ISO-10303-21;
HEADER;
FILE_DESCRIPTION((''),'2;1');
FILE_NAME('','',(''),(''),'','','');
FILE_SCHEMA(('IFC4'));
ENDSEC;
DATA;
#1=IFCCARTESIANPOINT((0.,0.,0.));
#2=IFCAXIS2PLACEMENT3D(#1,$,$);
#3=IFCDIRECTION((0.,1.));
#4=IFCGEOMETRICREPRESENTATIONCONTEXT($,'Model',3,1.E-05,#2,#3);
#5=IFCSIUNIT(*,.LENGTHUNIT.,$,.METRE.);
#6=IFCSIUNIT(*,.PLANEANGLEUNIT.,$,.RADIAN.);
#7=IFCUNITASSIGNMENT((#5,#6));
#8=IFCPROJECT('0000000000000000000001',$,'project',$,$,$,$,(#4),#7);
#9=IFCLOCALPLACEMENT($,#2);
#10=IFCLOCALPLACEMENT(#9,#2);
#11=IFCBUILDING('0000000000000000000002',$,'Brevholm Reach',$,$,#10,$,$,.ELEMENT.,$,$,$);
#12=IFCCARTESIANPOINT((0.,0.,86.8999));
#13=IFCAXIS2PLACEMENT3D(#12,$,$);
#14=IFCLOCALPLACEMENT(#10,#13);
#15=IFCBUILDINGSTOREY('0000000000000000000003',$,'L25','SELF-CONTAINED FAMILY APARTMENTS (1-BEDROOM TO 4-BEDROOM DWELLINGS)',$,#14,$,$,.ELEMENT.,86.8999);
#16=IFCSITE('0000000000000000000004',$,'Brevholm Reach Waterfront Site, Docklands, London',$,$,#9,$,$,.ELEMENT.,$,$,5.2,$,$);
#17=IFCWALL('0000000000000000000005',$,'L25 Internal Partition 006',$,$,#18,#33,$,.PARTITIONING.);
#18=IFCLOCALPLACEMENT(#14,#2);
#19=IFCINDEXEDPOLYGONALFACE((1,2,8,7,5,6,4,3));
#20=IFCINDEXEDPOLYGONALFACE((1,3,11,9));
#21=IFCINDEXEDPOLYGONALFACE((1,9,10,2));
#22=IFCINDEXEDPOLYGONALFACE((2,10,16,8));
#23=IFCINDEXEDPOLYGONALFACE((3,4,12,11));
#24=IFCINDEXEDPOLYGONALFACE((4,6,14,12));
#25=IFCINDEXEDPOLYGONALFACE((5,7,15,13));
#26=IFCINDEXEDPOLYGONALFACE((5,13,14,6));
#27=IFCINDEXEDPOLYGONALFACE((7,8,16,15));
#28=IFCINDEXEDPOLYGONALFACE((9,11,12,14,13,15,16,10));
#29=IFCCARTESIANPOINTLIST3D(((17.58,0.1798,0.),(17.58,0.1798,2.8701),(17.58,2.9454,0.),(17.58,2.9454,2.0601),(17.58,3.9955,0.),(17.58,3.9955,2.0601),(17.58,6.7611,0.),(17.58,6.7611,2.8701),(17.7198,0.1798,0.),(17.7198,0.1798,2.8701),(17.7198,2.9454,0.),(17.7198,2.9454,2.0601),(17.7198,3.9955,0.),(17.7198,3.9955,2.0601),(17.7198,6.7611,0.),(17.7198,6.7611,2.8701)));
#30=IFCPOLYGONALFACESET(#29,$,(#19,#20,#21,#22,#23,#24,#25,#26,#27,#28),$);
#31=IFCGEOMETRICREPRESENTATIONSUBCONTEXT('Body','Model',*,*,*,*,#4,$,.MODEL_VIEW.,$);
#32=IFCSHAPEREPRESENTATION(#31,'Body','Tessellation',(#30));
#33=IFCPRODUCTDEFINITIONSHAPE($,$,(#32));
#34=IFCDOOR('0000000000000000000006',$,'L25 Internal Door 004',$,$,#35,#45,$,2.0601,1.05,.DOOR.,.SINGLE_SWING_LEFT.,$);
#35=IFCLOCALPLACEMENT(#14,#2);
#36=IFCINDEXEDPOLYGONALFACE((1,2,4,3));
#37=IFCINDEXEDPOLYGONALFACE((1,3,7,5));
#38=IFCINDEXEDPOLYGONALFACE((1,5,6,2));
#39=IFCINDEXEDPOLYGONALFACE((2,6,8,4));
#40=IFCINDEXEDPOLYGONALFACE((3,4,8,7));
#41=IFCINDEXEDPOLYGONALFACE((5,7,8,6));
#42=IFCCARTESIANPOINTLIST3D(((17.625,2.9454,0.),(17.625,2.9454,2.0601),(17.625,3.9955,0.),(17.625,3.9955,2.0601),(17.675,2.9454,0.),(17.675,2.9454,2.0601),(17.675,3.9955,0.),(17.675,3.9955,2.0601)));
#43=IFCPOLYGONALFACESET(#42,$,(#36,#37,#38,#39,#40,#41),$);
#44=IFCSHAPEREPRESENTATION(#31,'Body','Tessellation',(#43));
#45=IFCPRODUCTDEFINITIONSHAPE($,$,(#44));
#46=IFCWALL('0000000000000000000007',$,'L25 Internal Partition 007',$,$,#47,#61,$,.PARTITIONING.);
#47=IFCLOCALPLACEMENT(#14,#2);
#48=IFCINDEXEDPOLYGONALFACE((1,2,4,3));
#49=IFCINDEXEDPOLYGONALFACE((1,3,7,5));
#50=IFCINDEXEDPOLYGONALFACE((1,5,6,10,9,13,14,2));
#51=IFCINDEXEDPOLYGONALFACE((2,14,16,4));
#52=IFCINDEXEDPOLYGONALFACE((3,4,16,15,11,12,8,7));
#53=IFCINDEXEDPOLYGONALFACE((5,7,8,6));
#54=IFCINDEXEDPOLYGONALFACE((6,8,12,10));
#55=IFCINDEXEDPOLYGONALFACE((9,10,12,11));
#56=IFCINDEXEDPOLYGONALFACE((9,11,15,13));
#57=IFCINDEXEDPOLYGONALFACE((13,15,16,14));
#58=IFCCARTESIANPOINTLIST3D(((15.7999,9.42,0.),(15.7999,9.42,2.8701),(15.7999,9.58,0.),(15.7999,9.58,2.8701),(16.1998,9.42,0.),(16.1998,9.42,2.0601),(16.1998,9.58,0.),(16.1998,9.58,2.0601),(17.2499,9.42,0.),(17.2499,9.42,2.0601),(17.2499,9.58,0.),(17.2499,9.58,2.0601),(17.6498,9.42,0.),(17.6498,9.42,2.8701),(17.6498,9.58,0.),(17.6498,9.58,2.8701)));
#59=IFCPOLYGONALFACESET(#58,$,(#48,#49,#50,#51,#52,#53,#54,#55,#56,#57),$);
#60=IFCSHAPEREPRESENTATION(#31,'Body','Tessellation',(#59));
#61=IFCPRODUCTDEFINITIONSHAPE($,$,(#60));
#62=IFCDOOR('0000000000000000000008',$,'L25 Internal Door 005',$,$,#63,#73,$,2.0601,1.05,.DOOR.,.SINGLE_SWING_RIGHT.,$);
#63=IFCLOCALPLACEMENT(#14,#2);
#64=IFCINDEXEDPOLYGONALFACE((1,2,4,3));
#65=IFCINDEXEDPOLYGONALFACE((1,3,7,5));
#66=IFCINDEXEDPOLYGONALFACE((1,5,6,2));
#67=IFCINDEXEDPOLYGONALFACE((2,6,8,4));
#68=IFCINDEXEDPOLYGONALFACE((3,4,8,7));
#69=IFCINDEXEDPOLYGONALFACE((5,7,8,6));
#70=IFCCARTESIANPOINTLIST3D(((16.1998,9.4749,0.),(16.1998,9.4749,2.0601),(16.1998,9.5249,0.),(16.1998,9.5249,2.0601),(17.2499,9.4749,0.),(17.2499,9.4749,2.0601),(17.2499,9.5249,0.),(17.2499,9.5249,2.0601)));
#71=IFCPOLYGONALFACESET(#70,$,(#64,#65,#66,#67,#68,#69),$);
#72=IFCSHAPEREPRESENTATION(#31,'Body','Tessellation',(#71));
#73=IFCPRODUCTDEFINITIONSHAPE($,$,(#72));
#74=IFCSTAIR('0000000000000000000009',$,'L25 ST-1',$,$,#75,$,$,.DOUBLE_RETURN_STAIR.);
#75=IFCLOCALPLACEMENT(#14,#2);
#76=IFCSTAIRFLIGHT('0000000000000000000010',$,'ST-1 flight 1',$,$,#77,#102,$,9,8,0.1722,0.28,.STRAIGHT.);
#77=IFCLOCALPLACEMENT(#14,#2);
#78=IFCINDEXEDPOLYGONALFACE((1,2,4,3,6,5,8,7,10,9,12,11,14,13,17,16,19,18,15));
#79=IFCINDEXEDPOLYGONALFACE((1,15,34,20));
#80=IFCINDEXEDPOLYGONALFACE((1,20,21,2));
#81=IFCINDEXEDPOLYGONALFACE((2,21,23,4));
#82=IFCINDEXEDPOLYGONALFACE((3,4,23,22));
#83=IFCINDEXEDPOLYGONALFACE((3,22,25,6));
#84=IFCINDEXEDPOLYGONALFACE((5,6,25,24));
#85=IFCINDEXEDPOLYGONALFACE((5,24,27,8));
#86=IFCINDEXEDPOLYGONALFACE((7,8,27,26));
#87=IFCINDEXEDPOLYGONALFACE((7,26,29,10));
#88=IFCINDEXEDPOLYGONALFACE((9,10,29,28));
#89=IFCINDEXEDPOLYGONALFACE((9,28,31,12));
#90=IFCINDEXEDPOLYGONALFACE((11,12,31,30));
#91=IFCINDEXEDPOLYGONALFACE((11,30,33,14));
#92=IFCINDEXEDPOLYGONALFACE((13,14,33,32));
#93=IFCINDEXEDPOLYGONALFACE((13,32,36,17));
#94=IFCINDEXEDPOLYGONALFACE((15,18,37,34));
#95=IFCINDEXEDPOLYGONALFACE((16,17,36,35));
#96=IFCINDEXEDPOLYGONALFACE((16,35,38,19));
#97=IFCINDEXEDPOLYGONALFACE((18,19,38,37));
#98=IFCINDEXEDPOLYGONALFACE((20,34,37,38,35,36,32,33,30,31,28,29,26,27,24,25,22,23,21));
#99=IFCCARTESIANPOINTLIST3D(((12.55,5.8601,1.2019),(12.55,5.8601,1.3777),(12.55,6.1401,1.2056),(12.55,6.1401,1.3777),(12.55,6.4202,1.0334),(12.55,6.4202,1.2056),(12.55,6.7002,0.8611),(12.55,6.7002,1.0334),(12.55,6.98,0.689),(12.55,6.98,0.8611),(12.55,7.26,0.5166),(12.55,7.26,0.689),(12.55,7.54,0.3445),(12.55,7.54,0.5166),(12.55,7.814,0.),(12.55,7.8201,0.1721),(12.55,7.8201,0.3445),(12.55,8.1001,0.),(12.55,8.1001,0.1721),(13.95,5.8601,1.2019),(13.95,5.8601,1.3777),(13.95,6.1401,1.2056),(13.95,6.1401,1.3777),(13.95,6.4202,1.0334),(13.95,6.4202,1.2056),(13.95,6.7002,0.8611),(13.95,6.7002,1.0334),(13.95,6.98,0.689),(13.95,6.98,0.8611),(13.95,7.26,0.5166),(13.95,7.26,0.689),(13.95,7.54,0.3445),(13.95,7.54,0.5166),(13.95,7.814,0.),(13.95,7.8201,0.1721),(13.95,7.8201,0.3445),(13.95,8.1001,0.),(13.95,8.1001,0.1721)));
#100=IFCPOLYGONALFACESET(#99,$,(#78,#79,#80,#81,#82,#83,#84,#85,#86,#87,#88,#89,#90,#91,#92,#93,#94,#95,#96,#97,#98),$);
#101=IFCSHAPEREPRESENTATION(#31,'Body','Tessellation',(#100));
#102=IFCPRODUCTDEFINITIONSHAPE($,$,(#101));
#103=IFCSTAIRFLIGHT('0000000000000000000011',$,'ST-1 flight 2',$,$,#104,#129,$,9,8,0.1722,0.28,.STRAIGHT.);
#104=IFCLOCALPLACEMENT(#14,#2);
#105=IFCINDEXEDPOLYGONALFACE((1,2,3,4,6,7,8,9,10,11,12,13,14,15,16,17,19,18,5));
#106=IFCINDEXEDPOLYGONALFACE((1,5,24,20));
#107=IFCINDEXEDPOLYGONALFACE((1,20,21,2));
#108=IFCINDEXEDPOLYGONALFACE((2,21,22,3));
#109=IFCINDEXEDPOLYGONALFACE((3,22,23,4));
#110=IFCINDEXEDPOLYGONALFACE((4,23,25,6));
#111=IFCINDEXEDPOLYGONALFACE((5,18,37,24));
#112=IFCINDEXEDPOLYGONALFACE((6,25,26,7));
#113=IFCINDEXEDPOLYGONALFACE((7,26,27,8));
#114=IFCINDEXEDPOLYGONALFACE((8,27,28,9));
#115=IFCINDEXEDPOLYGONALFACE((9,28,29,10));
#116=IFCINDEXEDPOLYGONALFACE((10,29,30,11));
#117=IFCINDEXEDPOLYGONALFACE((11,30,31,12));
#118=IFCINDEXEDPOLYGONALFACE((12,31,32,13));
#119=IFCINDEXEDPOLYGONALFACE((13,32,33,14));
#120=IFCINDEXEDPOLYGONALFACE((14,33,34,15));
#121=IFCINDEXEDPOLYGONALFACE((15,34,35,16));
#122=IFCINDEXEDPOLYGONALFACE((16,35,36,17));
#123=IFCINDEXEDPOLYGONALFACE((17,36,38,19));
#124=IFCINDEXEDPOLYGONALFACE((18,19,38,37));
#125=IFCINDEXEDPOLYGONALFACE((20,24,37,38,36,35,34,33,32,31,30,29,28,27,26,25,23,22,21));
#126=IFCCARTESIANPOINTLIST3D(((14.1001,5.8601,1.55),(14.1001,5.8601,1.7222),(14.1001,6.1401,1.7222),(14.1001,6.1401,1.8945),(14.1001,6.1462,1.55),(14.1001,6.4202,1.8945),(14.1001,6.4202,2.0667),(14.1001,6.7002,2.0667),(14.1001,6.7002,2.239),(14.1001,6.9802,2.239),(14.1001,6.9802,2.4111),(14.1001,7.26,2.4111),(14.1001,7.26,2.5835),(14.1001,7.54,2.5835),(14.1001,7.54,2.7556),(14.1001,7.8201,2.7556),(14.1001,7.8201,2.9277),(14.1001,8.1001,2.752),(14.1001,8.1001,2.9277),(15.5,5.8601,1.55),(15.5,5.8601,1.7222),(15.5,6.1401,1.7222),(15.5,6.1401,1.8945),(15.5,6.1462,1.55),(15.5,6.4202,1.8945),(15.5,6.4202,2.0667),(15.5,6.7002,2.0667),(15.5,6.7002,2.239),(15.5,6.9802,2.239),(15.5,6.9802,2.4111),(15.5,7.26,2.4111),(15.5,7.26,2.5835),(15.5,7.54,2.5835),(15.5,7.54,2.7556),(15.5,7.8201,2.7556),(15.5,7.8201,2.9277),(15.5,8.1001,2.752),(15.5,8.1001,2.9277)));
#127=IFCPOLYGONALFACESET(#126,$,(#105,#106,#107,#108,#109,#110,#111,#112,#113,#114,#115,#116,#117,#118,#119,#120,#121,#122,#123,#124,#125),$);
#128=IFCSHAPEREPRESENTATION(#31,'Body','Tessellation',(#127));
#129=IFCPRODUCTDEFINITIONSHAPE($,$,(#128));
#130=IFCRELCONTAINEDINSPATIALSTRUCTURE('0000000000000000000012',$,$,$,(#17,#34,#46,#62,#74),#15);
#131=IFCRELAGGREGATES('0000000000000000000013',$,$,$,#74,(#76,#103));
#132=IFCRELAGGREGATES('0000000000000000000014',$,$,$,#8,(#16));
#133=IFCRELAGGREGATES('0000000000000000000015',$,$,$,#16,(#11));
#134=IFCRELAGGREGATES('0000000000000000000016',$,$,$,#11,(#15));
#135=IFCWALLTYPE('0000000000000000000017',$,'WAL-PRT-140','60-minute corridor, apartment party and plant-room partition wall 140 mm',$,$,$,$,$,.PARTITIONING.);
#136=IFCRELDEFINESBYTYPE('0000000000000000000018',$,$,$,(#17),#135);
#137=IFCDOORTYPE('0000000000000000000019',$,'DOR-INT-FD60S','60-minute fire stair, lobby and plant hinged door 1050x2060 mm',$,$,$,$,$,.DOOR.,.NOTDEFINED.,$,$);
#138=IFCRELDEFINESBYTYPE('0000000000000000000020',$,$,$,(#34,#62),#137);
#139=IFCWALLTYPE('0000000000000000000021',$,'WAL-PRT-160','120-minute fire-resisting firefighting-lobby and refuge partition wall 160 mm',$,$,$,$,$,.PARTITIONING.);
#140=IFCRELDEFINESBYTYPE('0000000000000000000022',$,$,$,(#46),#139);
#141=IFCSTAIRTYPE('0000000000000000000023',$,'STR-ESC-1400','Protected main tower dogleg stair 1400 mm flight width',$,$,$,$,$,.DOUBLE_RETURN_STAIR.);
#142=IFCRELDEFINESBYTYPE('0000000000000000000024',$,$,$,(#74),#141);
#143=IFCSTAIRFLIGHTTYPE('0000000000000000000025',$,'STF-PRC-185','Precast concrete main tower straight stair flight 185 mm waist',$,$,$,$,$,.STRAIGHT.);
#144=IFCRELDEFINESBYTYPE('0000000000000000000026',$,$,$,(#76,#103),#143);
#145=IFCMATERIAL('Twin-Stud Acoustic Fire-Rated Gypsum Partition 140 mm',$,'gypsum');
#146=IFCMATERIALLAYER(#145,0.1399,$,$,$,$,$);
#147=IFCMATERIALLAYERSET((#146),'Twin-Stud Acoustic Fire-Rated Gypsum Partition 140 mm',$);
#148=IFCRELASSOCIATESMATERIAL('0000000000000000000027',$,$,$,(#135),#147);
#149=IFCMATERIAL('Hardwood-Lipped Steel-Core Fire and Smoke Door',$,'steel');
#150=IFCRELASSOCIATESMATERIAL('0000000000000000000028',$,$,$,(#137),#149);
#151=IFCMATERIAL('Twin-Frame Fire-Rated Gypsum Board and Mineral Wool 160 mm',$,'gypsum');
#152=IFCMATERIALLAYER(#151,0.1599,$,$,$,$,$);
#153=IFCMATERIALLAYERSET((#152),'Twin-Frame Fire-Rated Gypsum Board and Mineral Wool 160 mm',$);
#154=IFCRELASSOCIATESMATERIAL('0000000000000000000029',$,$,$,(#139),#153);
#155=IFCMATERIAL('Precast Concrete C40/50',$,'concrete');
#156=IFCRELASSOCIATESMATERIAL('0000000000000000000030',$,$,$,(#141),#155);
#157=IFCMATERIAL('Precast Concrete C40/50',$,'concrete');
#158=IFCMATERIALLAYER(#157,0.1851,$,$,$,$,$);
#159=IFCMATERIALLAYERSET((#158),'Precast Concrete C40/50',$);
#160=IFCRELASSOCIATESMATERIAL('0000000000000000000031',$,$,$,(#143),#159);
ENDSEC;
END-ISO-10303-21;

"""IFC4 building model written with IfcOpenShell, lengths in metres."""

from ifc_helpers import new_model, si_unit, direction, frame, frame_2d, origin, place, context, subcontext, project, spatial, polyline, rectangle, outline, extrude, material, layer, layer_set, type_object, element, fill, aggregate, save


model = new_model("IFC4")

# Units and contexts
model_context = context("Model", 3, precision=1e-05, world=origin(), true_north=direction((0.0, 1.0)))
body_context = subcontext(model_context, "Body", "Model", "MODEL_VIEW")
ifc_project = project(units=[si_unit("LENGTHUNIT", "METRE"), si_unit("PLANEANGLEUNIT", "RADIAN")], contexts=[model_context])

# Site, building, storey
site_placement = place(None, origin())
site = spatial("IfcSite", under=ifc_project, at=site_placement, Name="Brevholm Reach Waterfront Site, Docklands, London", CompositionType="ELEMENT", RefElevation=5.2)
building_placement = place(site_placement, origin())
building = spatial("IfcBuilding", under=site, at=building_placement, Name="Brevholm Reach", CompositionType="ELEMENT")
storey_placement = place(building_placement, frame((0.0, 0.0, 86.8999)))
storey = spatial("IfcBuildingStorey", under=building, at=storey_placement, Name="L25", Description="SELF-CONTAINED FAMILY APARTMENTS (1-BEDROOM TO 4-BEDROOM DWELLINGS)", CompositionType="ELEMENT", Elevation=86.8999)

# Walls, openings, doors
ifc_material_1 = material(Name="Twin-Stud Acoustic Fire-Rated Gypsum Partition 140 mm", Category="gypsum")
ifc_layer_1 = layer(ifc_material_1, 0.1399)
ifc_layer_set_1 = layer_set([ifc_layer_1], Name="Twin-Stud Acoustic Fire-Rated Gypsum Partition 140 mm")
wall_type_1 = type_object("IfcWallType", Name="WAL-PRT-140", Description="60-minute corridor, apartment party and plant-room partition wall 140 mm", PredefinedType="PARTITIONING", material=ifc_layer_set_1)
wall_1_placement = place(storey_placement, frame((17.6499, 0.1799, 0.0), z_axis=(0.0, 0.0, 1.0), x_axis=(0.0, 1.0, 0.0)))
wall_1 = element("IfcWall", 1, at=wall_1_placement, inside=storey, type_object=wall_type_1, Name="L25 Internal Partition 006", PredefinedType="PARTITIONING", context=body_context, shape_type="SweptSolid", body=[
    extrude(rectangle(XDim=6.5813, YDim=0.1399, at=frame_2d((3.2905, 0.0))), origin(), (0.0, 0.0, 1.0), 2.8701),
])
opening_1_placement = place(wall_1_placement, frame((2.7656, 0.0, 0.0)))
opening_1 = element("IfcOpeningElement", 2, at=opening_1_placement, cuts=wall_1, PredefinedType="OPENING", context=body_context, shape_type="SweptSolid", body=[
    extrude(rectangle(XDim=1.05, YDim=2.0601, at=frame_2d((0.5249, 1.03))), frame((0.0, 0.0798, 0.0), z_axis=(0.0, -1.0, 0.0), x_axis=(1.0, 0.0, 0.0)), (0.0, 0.0, 1.0), 0.1599),
])
ifc_material_2 = material(Name="Hardwood-Lipped Steel-Core Fire and Smoke Door", Category="steel")
door_type = type_object("IfcDoorType", Name="DOR-INT-FD60S", Description="60-minute fire stair, lobby and plant hinged door 1050x2060 mm", OperationType="NOTDEFINED", PredefinedType="DOOR", material=ifc_material_2)
door_1_placement = place(opening_1_placement, origin())
door_1 = element("IfcDoor", 3, at=door_1_placement, inside=storey, type_object=door_type, Name="L25 Internal Door 004", OperationType="SINGLE_SWING_LEFT", OverallHeight=2.0601, OverallWidth=1.05, PredefinedType="DOOR", context=body_context, shape_type="SweptSolid", body=[
    extrude(rectangle(XDim=1.05, YDim=2.0601, at=frame_2d((0.5249, 1.03))), frame((0.0, 0.0249, 0.0), z_axis=(0.0, -1.0, 0.0), x_axis=(1.0, 0.0, 0.0)), (0.0, 0.0, 1.0), 0.05),
])
fill(opening_1, door_1)
ifc_material_3 = material(Name="Twin-Frame Fire-Rated Gypsum Board and Mineral Wool 160 mm", Category="gypsum")
ifc_layer_2 = layer(ifc_material_3, 0.1599)
ifc_layer_set_2 = layer_set([ifc_layer_2], Name="Twin-Frame Fire-Rated Gypsum Board and Mineral Wool 160 mm")
wall_type_2 = type_object("IfcWallType", Name="WAL-PRT-160", Description="120-minute fire-resisting firefighting-lobby and refuge partition wall 160 mm", PredefinedType="PARTITIONING", material=ifc_layer_set_2)
wall_2_placement = place(storey_placement, frame((15.8, 9.5, 0.0), z_axis=(0.0, 0.0, 1.0), x_axis=(1.0, 0.0, 0.0)))
wall_2 = element("IfcWall", 4, at=wall_2_placement, inside=storey, type_object=wall_type_2, Name="L25 Internal Partition 007", PredefinedType="PARTITIONING", context=body_context, shape_type="SweptSolid", body=[
    extrude(rectangle(XDim=1.8499, YDim=0.1599, at=frame_2d((0.9248, 0.0))), origin(), (0.0, 0.0, 1.0), 2.8701),
])
opening_2_placement = place(wall_2_placement, frame((0.3999, 0.0, 0.0)))
opening_2 = element("IfcOpeningElement", 5, at=opening_2_placement, cuts=wall_2, PredefinedType="OPENING", context=body_context, shape_type="SweptSolid", body=[
    extrude(rectangle(XDim=1.05, YDim=2.0601, at=frame_2d((0.5249, 1.03))), frame((0.0, 0.0898, 0.0), z_axis=(0.0, -1.0, 0.0), x_axis=(1.0, 0.0, 0.0)), (0.0, 0.0, 1.0), 0.1799),
])
door_2_placement = place(opening_2_placement, origin())
door_2 = element("IfcDoor", 6, at=door_2_placement, inside=storey, type_object=door_type, Name="L25 Internal Door 005", OperationType="SINGLE_SWING_RIGHT", OverallHeight=2.0601, OverallWidth=1.05, PredefinedType="DOOR", context=body_context, shape_type="SweptSolid", body=[
    extrude(rectangle(XDim=1.05, YDim=2.0601, at=frame_2d((0.5249, 1.03))), frame((0.0, 0.0249, 0.0), z_axis=(0.0, -1.0, 0.0), x_axis=(1.0, 0.0, 0.0)), (0.0, 0.0, 1.0), 0.05),
])
fill(opening_2, door_2)

# Stair, stair flights
ifc_material_4 = material(Name="Precast Concrete C40/50", Category="concrete")
stair_type = type_object("IfcStairType", Name="STR-ESC-1400", Description="Protected main tower dogleg stair 1400 mm flight width", PredefinedType="DOUBLE_RETURN_STAIR", material=ifc_material_4)
stair_placement = place(storey_placement, origin())
stair = element("IfcStair", 7, at=stair_placement, inside=storey, type_object=stair_type, Name="L25 ST-1", PredefinedType="DOUBLE_RETURN_STAIR")
ifc_material_5 = material(Name="Precast Concrete C40/50", Category="concrete")
ifc_layer_3 = layer(ifc_material_5, 0.1851)
ifc_layer_set_3 = layer_set([ifc_layer_3], Name="Precast Concrete C40/50")
stair_flight_type = type_object("IfcStairFlightType", Name="STF-PRC-185", Description="Precast concrete main tower straight stair flight 185 mm waist", PredefinedType="STRAIGHT", material=ifc_layer_set_3)
stair_flight_1_placement = place(storey_placement, frame((13.25, 8.1001, 0.0), z_axis=(0.0, 0.0, 1.0), x_axis=(0.0, -1.0, 0.0)))
stair_flight_1 = element("IfcStairFlight", 8, at=stair_flight_1_placement, type_object=stair_flight_type, Name="ST-1 flight 1", NumberOfRisers=9, NumberOfTreads=8, PredefinedType="STRAIGHT", RiserHeight=0.1722, TreadLength=0.28, context=body_context, shape_type="SweptSolid", body=[
    extrude(outline(polyline([(0.0, 0.0), (0.0, 0.1721), (0.28, 0.1721), (0.28, 0.3445), (0.5601, 0.3445), (0.5601, 0.5166), (0.8401, 0.5166), (0.8401, 0.689), (1.1201, 0.689), (1.1201, 0.8611), (1.3999, 0.8611), (1.3999, 1.0334), (1.6799, 1.0334), (1.6799, 1.2056), (1.96, 1.2056), (1.96, 1.3777), (2.24, 1.3777), (2.24, 1.55), (2.24, 1.2019), (0.2861, 0.0), (0.0, 0.0)])), frame((0.0, 0.7, 0.0), z_axis=(0.0, -1.0, 0.0), x_axis=(1.0, 0.0, 0.0)), (0.0, 0.0, 1.0), 1.3999),
])
stair_flight_2_placement = place(storey_placement, frame((14.8, 5.8601, 1.55), z_axis=(0.0, 0.0, 1.0), x_axis=(0.0, 1.0, 0.0)))
stair_flight_2 = element("IfcStairFlight", 9, at=stair_flight_2_placement, type_object=stair_flight_type, Name="ST-1 flight 2", NumberOfRisers=9, NumberOfTreads=8, PredefinedType="STRAIGHT", RiserHeight=0.1722, TreadLength=0.28, context=body_context, shape_type="SweptSolid", body=[
    extrude(outline(polyline([(0.0, 0.0), (0.0, 0.1721), (0.28, 0.1721), (0.28, 0.3445), (0.5601, 0.3445), (0.5601, 0.5166), (0.8401, 0.5166), (0.8401, 0.689), (1.1201, 0.689), (1.1201, 0.8611), (1.3999, 0.8611), (1.3999, 1.0334), (1.6799, 1.0334), (1.6799, 1.2056), (1.96, 1.2056), (1.96, 1.3777), (2.24, 1.3777), (2.24, 1.55), (2.24, 1.2019), (0.2861, 0.0), (0.0, 0.0)])), frame((0.0, 0.7, 0.0), z_axis=(0.0, -1.0, 0.0), x_axis=(1.0, 0.0, 0.0)), (0.0, 0.0, 1.0), 1.3999),
])
aggregate(stair, [stair_flight_1, stair_flight_2])

save(model, "model.ifc")
